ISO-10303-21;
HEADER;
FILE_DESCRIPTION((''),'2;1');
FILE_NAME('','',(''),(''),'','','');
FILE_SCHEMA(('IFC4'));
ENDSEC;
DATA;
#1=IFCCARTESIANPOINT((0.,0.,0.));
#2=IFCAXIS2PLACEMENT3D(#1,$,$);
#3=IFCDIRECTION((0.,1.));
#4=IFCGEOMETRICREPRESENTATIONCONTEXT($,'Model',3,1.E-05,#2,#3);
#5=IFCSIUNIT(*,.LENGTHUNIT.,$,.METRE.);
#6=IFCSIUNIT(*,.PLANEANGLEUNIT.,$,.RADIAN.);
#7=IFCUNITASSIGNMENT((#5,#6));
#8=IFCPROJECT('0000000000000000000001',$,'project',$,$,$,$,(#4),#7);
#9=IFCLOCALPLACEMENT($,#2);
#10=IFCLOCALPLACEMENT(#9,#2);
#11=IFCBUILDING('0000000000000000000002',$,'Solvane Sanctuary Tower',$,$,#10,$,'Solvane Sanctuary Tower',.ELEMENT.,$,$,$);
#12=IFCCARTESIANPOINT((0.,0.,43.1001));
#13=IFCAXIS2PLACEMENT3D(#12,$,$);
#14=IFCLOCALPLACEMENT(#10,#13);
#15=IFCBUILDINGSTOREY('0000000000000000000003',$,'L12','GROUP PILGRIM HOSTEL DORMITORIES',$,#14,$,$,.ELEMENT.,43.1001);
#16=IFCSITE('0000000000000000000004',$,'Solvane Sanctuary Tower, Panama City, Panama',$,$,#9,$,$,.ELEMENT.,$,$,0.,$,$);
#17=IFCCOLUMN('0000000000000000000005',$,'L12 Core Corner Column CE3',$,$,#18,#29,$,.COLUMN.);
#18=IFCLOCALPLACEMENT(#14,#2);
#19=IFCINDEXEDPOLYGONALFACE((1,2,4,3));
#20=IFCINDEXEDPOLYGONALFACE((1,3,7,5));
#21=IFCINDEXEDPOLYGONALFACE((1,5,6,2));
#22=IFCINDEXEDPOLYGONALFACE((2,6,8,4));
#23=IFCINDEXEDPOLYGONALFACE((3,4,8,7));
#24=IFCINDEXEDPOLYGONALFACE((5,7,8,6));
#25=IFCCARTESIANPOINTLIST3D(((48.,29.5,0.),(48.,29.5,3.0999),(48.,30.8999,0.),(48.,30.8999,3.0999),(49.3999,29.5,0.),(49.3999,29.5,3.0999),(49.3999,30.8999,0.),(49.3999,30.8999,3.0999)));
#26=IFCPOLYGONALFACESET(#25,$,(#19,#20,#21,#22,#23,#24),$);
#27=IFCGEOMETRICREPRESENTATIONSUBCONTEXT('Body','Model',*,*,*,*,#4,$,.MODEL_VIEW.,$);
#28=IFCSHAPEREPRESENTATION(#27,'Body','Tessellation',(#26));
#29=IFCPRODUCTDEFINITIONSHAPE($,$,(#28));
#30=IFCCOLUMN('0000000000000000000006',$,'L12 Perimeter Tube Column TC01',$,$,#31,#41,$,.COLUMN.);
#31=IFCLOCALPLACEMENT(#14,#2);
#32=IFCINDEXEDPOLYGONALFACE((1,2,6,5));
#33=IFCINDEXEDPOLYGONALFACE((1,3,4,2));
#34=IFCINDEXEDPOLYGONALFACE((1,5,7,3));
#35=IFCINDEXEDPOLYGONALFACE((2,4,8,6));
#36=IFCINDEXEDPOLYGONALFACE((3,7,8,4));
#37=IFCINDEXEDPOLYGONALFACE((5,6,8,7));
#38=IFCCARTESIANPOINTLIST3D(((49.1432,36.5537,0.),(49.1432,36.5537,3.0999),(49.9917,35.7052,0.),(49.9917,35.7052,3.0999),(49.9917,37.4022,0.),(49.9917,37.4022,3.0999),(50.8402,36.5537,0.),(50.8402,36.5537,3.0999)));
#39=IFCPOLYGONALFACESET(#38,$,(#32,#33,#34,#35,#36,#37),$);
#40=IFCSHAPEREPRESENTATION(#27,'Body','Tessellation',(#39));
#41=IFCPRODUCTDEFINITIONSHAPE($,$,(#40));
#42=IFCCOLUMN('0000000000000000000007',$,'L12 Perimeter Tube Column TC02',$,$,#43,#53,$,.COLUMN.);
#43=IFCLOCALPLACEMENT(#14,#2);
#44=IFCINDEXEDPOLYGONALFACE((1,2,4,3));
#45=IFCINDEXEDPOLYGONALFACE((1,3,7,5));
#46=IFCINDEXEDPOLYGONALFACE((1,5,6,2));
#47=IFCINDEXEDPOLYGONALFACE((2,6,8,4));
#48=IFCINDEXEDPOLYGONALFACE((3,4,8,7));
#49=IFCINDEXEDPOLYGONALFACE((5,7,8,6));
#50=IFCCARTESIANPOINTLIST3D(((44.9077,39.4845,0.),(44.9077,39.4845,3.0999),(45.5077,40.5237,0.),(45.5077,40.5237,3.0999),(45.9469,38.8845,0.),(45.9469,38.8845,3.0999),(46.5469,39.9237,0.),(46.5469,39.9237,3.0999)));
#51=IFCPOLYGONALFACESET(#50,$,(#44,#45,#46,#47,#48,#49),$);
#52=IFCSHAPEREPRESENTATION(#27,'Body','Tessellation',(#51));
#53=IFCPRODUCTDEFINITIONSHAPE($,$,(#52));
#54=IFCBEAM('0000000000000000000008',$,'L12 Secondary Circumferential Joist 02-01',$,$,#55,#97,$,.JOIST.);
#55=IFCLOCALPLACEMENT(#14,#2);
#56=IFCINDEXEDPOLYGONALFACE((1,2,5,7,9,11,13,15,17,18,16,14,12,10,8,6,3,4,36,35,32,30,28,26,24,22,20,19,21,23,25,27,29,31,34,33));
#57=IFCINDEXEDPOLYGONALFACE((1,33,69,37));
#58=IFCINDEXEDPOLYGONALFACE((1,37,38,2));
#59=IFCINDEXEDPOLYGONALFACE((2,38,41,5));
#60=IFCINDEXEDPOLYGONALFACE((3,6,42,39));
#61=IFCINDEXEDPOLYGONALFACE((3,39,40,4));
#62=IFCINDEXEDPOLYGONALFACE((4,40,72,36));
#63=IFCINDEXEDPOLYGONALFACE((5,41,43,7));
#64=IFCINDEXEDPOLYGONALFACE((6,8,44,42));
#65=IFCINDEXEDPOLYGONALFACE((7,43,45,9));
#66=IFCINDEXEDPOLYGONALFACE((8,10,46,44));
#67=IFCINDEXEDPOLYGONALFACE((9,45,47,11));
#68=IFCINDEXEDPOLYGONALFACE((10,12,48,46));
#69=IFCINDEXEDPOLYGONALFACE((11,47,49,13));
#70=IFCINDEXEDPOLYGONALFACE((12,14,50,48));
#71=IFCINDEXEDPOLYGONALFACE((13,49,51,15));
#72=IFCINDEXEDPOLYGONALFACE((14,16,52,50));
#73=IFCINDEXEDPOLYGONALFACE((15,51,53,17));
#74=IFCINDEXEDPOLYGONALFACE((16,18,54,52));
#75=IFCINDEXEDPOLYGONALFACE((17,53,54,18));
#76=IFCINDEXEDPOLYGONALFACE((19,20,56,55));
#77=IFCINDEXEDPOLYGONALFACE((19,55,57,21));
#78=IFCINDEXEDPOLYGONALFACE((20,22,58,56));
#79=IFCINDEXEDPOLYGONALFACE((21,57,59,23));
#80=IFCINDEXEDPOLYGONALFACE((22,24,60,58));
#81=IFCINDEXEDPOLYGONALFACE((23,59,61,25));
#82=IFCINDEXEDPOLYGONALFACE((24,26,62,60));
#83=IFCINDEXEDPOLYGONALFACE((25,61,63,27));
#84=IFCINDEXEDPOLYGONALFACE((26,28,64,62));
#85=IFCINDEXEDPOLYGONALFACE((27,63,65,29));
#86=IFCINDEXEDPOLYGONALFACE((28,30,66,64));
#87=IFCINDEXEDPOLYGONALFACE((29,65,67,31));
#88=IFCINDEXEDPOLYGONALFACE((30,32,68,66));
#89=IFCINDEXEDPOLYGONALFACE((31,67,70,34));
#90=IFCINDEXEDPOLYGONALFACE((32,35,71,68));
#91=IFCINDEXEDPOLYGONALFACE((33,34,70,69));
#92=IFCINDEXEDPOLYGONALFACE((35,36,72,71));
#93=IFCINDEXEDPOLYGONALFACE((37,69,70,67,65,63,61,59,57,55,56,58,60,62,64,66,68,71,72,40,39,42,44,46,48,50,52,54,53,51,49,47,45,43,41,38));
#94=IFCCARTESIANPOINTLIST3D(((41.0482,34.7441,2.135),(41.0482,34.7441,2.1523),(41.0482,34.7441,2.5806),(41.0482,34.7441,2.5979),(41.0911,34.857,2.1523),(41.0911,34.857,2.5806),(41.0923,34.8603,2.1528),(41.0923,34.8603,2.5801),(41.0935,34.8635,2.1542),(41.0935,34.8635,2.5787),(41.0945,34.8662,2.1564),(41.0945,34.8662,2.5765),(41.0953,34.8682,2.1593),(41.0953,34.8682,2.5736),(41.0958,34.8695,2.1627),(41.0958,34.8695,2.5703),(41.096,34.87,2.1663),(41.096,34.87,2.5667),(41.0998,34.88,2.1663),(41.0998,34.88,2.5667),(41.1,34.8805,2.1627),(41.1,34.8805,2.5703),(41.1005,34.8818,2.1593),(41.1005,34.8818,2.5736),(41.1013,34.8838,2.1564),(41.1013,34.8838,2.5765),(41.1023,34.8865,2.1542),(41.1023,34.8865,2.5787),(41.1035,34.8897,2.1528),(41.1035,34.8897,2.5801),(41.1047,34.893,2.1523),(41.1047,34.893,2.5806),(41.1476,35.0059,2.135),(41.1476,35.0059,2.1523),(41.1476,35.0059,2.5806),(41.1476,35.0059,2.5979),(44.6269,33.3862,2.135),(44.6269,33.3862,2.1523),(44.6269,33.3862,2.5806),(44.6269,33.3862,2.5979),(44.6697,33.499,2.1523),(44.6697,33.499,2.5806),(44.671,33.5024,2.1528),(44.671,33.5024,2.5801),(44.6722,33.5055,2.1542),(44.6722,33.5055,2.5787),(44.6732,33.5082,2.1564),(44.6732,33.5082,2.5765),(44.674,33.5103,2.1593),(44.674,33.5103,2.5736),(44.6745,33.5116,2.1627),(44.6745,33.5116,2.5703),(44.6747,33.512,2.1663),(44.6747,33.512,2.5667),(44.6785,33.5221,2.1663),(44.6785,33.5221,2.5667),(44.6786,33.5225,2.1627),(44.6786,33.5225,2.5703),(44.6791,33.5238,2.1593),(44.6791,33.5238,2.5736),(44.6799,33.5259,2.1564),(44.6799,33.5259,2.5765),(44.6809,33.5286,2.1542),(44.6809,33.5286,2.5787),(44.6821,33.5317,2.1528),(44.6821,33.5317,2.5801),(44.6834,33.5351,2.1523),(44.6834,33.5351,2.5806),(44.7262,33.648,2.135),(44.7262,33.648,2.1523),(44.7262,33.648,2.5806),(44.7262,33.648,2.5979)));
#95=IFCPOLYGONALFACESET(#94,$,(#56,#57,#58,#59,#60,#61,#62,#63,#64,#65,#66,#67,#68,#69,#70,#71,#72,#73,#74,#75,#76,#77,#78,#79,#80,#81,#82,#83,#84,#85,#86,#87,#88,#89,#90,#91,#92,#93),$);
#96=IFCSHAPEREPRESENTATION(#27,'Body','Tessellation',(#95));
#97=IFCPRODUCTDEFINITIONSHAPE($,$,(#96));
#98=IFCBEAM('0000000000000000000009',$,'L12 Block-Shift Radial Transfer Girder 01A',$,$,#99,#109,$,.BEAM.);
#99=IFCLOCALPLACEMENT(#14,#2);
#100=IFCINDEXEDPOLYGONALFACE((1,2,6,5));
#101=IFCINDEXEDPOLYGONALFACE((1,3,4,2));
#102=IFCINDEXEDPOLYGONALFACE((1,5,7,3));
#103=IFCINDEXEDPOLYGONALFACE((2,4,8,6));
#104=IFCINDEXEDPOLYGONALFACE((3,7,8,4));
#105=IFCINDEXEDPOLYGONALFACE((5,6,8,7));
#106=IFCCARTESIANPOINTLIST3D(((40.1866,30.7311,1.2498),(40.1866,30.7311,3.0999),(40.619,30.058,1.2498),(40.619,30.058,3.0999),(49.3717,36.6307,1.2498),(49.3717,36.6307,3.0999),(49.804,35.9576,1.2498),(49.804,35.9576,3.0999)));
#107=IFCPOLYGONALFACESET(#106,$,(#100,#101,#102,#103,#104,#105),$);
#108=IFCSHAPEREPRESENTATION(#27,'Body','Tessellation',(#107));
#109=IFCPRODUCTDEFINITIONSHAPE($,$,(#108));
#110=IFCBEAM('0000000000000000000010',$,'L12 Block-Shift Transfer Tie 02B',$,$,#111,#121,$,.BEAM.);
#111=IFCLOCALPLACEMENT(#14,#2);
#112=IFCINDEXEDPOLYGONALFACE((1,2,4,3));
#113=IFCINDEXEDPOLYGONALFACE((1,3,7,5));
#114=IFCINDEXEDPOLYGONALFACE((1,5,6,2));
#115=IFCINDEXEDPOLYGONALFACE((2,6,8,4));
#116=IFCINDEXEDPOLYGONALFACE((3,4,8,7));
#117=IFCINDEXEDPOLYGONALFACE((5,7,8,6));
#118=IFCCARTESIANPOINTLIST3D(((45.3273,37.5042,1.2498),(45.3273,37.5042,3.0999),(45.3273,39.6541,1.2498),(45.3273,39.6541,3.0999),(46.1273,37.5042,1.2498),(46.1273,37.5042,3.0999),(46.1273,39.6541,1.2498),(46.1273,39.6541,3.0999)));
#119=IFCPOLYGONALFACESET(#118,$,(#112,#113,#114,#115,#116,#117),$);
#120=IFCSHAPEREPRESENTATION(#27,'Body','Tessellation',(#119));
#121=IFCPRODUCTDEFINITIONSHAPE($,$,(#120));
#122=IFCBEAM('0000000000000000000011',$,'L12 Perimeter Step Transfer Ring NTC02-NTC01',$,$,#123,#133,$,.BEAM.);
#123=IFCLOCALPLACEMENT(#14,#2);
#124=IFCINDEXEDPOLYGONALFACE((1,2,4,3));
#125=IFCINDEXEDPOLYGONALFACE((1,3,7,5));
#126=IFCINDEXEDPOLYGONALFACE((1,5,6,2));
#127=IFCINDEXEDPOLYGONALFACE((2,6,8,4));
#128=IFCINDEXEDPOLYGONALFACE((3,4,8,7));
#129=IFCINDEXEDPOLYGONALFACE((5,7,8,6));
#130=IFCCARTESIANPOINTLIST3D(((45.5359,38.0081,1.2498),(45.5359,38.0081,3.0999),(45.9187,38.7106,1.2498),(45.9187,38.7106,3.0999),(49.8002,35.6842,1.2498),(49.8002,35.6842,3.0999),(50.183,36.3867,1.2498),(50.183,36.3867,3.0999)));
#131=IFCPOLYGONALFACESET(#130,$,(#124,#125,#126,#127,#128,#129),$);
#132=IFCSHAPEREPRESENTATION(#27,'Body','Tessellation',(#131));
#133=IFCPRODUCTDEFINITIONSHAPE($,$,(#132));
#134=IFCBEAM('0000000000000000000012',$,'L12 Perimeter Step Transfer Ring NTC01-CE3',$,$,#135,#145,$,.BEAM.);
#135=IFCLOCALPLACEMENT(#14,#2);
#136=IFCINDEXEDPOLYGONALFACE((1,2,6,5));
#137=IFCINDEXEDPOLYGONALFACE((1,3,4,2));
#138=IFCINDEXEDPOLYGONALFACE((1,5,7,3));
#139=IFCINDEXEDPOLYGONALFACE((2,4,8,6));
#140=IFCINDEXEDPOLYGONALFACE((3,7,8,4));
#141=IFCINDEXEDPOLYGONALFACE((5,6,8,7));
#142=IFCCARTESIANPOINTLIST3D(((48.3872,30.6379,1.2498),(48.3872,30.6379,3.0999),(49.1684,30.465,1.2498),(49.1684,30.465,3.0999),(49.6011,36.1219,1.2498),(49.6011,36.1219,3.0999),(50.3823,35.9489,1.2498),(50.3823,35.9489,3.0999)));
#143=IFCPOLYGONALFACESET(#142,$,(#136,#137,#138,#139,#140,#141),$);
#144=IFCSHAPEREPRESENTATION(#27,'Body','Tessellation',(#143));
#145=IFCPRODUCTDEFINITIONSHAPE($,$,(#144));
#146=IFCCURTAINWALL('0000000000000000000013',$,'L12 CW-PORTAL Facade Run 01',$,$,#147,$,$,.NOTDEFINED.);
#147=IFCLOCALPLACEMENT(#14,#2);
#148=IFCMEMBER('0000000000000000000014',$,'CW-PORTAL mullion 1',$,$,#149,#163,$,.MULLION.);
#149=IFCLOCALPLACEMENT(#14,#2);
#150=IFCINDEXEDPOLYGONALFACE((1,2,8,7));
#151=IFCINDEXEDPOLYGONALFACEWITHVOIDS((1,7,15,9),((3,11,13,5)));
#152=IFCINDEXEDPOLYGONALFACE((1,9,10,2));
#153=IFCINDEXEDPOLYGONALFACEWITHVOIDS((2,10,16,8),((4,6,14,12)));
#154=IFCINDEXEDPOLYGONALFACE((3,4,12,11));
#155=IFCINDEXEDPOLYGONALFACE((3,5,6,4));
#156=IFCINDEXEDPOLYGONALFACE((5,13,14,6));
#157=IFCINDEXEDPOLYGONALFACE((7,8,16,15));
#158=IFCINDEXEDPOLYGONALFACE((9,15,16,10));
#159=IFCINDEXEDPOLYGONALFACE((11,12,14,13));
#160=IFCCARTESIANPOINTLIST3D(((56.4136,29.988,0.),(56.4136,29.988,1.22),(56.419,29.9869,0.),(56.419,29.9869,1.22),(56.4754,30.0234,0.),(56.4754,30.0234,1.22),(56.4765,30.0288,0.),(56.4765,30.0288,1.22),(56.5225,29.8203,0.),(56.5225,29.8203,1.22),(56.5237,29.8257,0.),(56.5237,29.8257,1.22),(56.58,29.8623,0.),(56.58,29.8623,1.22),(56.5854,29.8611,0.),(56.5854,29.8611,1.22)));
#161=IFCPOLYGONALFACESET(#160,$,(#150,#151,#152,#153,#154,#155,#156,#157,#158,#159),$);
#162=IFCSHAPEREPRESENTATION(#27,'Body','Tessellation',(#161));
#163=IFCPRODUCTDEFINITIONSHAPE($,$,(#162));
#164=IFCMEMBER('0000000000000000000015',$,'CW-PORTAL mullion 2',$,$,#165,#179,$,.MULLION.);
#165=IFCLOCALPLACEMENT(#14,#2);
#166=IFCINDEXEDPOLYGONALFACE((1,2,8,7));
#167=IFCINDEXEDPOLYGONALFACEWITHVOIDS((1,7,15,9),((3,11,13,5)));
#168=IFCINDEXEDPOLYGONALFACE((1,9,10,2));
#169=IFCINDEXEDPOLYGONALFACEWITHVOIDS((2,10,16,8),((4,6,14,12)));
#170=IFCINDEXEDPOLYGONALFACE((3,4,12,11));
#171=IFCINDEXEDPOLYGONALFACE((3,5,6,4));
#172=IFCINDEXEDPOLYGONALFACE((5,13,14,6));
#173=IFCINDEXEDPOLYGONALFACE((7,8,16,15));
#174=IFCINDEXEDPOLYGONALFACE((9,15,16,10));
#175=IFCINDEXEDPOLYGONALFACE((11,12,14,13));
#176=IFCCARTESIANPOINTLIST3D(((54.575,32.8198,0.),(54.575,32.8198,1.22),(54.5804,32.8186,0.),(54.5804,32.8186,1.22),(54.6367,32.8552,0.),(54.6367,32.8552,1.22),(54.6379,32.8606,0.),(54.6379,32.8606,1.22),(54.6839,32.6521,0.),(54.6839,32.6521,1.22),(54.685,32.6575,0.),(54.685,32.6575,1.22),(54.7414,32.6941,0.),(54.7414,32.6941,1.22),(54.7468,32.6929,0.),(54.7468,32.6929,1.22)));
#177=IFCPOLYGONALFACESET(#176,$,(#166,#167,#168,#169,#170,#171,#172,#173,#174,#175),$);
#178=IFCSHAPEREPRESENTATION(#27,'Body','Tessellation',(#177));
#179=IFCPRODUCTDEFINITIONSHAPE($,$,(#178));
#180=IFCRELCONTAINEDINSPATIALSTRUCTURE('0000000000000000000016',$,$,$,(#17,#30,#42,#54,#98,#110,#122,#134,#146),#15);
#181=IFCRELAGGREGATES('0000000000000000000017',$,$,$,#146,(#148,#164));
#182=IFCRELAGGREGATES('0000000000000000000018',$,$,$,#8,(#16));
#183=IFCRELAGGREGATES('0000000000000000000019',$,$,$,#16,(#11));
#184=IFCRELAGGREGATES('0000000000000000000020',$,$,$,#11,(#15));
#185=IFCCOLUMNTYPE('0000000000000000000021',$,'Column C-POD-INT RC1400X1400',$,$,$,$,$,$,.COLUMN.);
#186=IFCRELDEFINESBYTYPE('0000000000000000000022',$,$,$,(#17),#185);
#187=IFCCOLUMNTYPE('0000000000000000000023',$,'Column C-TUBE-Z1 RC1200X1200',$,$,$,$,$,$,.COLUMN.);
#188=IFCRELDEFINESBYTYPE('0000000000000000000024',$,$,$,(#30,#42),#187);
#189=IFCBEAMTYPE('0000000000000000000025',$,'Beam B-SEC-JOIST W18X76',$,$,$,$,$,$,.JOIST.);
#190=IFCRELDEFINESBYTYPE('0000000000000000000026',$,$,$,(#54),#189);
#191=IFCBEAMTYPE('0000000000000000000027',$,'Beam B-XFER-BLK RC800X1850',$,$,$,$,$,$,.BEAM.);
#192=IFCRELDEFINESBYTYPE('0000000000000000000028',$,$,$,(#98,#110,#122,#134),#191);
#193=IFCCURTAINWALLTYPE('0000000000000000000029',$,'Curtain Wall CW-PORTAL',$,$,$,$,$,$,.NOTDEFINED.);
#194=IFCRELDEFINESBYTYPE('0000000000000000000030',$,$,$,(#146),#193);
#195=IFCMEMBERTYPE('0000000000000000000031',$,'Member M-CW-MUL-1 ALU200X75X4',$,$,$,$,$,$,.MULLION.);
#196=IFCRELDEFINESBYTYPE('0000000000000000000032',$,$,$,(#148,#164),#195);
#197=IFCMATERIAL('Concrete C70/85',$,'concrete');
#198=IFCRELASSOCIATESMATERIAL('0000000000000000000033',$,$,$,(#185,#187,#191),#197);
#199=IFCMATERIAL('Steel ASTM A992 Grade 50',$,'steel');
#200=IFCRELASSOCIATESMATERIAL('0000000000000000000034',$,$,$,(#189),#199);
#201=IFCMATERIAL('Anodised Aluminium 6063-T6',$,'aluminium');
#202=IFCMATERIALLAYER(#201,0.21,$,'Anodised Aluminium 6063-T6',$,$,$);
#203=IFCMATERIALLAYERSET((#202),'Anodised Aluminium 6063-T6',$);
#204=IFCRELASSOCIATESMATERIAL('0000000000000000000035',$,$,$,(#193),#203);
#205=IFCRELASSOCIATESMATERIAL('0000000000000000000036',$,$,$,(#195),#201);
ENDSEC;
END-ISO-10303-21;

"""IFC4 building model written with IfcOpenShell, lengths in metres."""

from ifc_helpers import new_model, si_unit, direction, frame, origin, origin_2d, place, context, subcontext, project, spatial, rectangle, hollow_rectangle, i_section, extrude, material, layer, layer_set, material_profile, profile_set, type_object, element, aggregate, save


model = new_model("IFC4")

# Units and contexts
model_context = context("Model", 3, precision=1e-05, world=origin(), true_north=direction((0.0, 1.0)))
body_context = subcontext(model_context, "Body", "Model", "MODEL_VIEW")
ifc_project = project(units=[si_unit("LENGTHUNIT", "METRE"), si_unit("PLANEANGLEUNIT", "RADIAN")], contexts=[model_context])

# Site, building, storey
site_placement = place(None, origin())
site = spatial("IfcSite", under=ifc_project, at=site_placement, Name="Solvane Sanctuary Tower, Panama City, Panama", CompositionType="ELEMENT", RefElevation=0.0)
building_placement = place(site_placement, origin())
building = spatial("IfcBuilding", under=site, at=building_placement, Name="Solvane Sanctuary Tower", LongName="Solvane Sanctuary Tower", CompositionType="ELEMENT")
storey_placement = place(building_placement, frame((0.0, 0.0, 43.1001)))
storey = spatial("IfcBuildingStorey", under=building, at=storey_placement, Name="L12", Description="GROUP PILGRIM HOSTEL DORMITORIES", CompositionType="ELEMENT", Elevation=43.1001)

# Columns
ifc_material_1 = material(Name="Concrete C70/85", Category="concrete")
ifc_material_profile_1 = material_profile(ifc_material_1, rectangle(XDim=1.3999, YDim=1.3999, at=origin_2d()), Name="RC1400X1400")
ifc_profile_set_1 = profile_set([ifc_material_profile_1], Name="Concrete C70/85")
column_type_1 = type_object("IfcColumnType", Name="Column C-POD-INT RC1400X1400", PredefinedType="COLUMN", material=ifc_profile_set_1)
column_placement = place(storey_placement, frame((48.7, 30.2, 0.0), z_axis=(0.0, 0.0, 1.0), x_axis=(1.0, 0.0, 0.0)))
element("IfcColumn", 1, at=column_placement, inside=storey, type_object=column_type_1, Name="L12 Core Corner Column CE3", PredefinedType="COLUMN", context=body_context, shape_type="SweptSolid", body=[
    extrude(rectangle(XDim=1.3999, YDim=1.3999, at=origin_2d()), origin(), (0.0, 0.0, 1.0), 3.0999),
])
ifc_material_profile_2 = material_profile(ifc_material_1, rectangle(XDim=1.2, YDim=1.2, at=origin_2d()), Name="RC1200X1200")
ifc_profile_set_2 = profile_set([ifc_material_profile_2], Name="Concrete C70/85")
column_type_2 = type_object("IfcColumnType", Name="Column C-TUBE-Z1 RC1200X1200", PredefinedType="COLUMN", material=ifc_profile_set_2)
for number, where, z_axis, x_axis, name in (
    (2, (49.9917, 36.5537, 0.0), (0.0, 0.0, 1.0), (0.707107, 0.707107, 0.0), "L12 Perimeter Tube Column TC01"),
    (3, (45.7273, 39.7041, 0.0), (0.0, 0.0, 1.0), (0.5, 0.866025, 0.0), "L12 Perimeter Tube Column TC02"),
):
    element("IfcColumn", number, at=place(storey_placement, frame(where, z_axis=z_axis, x_axis=x_axis)), inside=storey, type_object=column_type_2, Name=name, PredefinedType="COLUMN", context=body_context, shape_type="SweptSolid", body=[
        extrude(rectangle(XDim=1.2, YDim=1.2, at=origin_2d()), origin(), (0.0, 0.0, 1.0), 3.0999),
    ])

# Beams
ifc_material_2 = material(Name="Steel ASTM A992 Grade 50", Category="steel")
ifc_material_profile_3 = material_profile(ifc_material_2, i_section(OverallWidth=0.28, OverallDepth=0.4629, WebThickness=0.0107, FlangeThickness=0.0173, FilletRadius=0.0139, at=origin_2d()), Name="W18X76")
ifc_profile_set_3 = profile_set([ifc_material_profile_3], Name="Steel ASTM A992 Grade 50")
beam_type_1 = type_object("IfcBeamType", Name="Beam B-SEC-JOIST W18X76", PredefinedType="JOIST", material=ifc_profile_set_3)
beam_1_placement = place(storey_placement, frame((41.0979, 34.875, 2.3665), z_axis=(0.934954, -0.35477, 0.0), x_axis=(0.35477, 0.934954, 0.0)))
element("IfcBeam", 4, at=beam_1_placement, inside=storey, type_object=beam_type_1, Name="L12 Secondary Circumferential Joist 02-01", PredefinedType="JOIST", context=body_context, shape_type="SweptSolid", body=[
    extrude(i_section(OverallWidth=0.28, OverallDepth=0.4629, WebThickness=0.0107, FlangeThickness=0.0173, FilletRadius=0.0139, at=origin_2d()), origin(), (0.0, 0.0, 1.0), 3.8276),
])
ifc_material_profile_4 = material_profile(ifc_material_1, rectangle(XDim=0.8, YDim=1.8501, at=origin_2d()), Name="RC800X1850")
ifc_profile_set_4 = profile_set([ifc_material_profile_4], Name="Concrete C70/85")
beam_type_2 = type_object("IfcBeamType", Name="Beam B-XFER-BLK RC800X1850", PredefinedType="BEAM", material=ifc_profile_set_4)
beam_2_placement = place(storey_placement, frame((40.4028, 30.3945, 2.1748), z_axis=(0.841388, 0.540432, 0.0), x_axis=(-0.540432, 0.841388, 0.0)))
element("IfcBeam", 5, at=beam_2_placement, inside=storey, type_object=beam_type_2, Name="L12 Block-Shift Radial Transfer Girder 01A", PredefinedType="BEAM", context=body_context, shape_type="SweptSolid", body=[
    extrude(rectangle(XDim=0.8, YDim=1.8501, at=origin_2d()), origin(), (0.0, 0.0, 1.0), 10.9165),
])
beam_3_placement = place(storey_placement, frame((45.7273, 39.6541, 2.1748), z_axis=(0.0, -1.0, 0.0), x_axis=(1.0, 0.0, 0.0)))
element("IfcBeam", 6, at=beam_3_placement, inside=storey, type_object=beam_type_2, Name="L12 Block-Shift Transfer Tie 02B", PredefinedType="BEAM", context=body_context, shape_type="SweptSolid", body=[
    extrude(rectangle(XDim=0.8, YDim=1.8501, at=origin_2d()), origin(), (0.0, 0.0, 1.0), 2.1499),
])
beam_4_placement = place(storey_placement, frame((45.7273, 38.3594, 2.1748), z_axis=(0.878074, -0.478525, 0.0), x_axis=(0.478525, 0.878074, 0.0)))
element("IfcBeam", 7, at=beam_4_placement, inside=storey, type_object=beam_type_2, Name="L12 Perimeter Step Transfer Ring NTC02-NTC01", PredefinedType="BEAM", context=body_context, shape_type="SweptSolid", body=[
    extrude(rectangle(XDim=0.8, YDim=1.8501, at=origin_2d()), origin(), (0.0, 0.0, 1.0), 4.8564),
])
beam_5_placement = place(storey_placement, frame((49.9917, 36.0354, 2.1748), z_axis=(-0.21612, -0.976367, 0.0), x_axis=(0.976367, -0.21612, 0.0)))
element("IfcBeam", 8, at=beam_5_placement, inside=storey, type_object=beam_type_2, Name="L12 Perimeter Step Transfer Ring NTC01-CE3", PredefinedType="BEAM", context=body_context, shape_type="SweptSolid", body=[
    extrude(rectangle(XDim=0.8, YDim=1.8501, at=origin_2d()), origin(), (0.0, 0.0, 1.0), 5.6167),
])

# Curtain wall, members
ifc_material_3 = material(Name="Anodised Aluminium 6063-T6", Category="aluminium")
ifc_layer_1 = layer(ifc_material_3, 0.21, Name="Anodised Aluminium 6063-T6")
ifc_layer_set_1 = layer_set([ifc_layer_1], Name="Anodised Aluminium 6063-T6")
curtain_wall_type_1 = type_object("IfcCurtainWallType", Name="Curtain Wall CW-PORTAL", PredefinedType="NOTDEFINED", material=ifc_layer_set_1)
curtain_wall_1_placement = place(storey_placement, origin())
curtain_wall_1 = element("IfcCurtainWall", 9, at=curtain_wall_1_placement, inside=storey, type_object=curtain_wall_type_1, Name="L12 CW-PORTAL Facade Run 01", PredefinedType="NOTDEFINED")
ifc_material_profile_5 = material_profile(ifc_material_3, hollow_rectangle(XDim=0.075, YDim=0.2, WallThickness=0.0039, at=origin_2d()), Name="ALU200X75X4")
ifc_profile_set_5 = profile_set([ifc_material_profile_5], Name="Anodised Aluminium 6063-T6")
member_type_1 = type_object("IfcMemberType", Name="Member M-CW-MUL-1 ALU200X75X4", PredefinedType="MULLION", material=ifc_profile_set_5)
member_1_placement = place(storey_placement, frame((56.4995, 29.9246, 0.0), z_axis=(0.0, 0.0, 1.0), x_axis=(-0.838733, -0.544543, 0.0)))
member_1 = element("IfcMember", 10, at=member_1_placement, type_object=member_type_1, Name="CW-PORTAL mullion 1", PredefinedType="MULLION", context=body_context, shape_type="SweptSolid", body=[
    extrude(hollow_rectangle(XDim=0.075, YDim=0.2, WallThickness=0.0039, at=origin_2d()), origin(), (0.0, 0.0, 1.0), 1.22),
])
member_2_placement = place(storey_placement, frame((54.6609, 32.7563, 0.0), z_axis=(0.0, 0.0, 1.0), x_axis=(-0.838733, -0.544543, 0.0)))
member_2 = element("IfcMember", 11, at=member_2_placement, type_object=member_type_1, Name="CW-PORTAL mullion 2", PredefinedType="MULLION", context=body_context, shape_type="SweptSolid", body=[
    extrude(hollow_rectangle(XDim=0.075, YDim=0.2, WallThickness=0.0039, at=origin_2d()), origin(), (0.0, 0.0, 1.0), 1.22),
])

aggregate(curtain_wall_1, [member_1, member_2])

save(model, "model.ifc")
